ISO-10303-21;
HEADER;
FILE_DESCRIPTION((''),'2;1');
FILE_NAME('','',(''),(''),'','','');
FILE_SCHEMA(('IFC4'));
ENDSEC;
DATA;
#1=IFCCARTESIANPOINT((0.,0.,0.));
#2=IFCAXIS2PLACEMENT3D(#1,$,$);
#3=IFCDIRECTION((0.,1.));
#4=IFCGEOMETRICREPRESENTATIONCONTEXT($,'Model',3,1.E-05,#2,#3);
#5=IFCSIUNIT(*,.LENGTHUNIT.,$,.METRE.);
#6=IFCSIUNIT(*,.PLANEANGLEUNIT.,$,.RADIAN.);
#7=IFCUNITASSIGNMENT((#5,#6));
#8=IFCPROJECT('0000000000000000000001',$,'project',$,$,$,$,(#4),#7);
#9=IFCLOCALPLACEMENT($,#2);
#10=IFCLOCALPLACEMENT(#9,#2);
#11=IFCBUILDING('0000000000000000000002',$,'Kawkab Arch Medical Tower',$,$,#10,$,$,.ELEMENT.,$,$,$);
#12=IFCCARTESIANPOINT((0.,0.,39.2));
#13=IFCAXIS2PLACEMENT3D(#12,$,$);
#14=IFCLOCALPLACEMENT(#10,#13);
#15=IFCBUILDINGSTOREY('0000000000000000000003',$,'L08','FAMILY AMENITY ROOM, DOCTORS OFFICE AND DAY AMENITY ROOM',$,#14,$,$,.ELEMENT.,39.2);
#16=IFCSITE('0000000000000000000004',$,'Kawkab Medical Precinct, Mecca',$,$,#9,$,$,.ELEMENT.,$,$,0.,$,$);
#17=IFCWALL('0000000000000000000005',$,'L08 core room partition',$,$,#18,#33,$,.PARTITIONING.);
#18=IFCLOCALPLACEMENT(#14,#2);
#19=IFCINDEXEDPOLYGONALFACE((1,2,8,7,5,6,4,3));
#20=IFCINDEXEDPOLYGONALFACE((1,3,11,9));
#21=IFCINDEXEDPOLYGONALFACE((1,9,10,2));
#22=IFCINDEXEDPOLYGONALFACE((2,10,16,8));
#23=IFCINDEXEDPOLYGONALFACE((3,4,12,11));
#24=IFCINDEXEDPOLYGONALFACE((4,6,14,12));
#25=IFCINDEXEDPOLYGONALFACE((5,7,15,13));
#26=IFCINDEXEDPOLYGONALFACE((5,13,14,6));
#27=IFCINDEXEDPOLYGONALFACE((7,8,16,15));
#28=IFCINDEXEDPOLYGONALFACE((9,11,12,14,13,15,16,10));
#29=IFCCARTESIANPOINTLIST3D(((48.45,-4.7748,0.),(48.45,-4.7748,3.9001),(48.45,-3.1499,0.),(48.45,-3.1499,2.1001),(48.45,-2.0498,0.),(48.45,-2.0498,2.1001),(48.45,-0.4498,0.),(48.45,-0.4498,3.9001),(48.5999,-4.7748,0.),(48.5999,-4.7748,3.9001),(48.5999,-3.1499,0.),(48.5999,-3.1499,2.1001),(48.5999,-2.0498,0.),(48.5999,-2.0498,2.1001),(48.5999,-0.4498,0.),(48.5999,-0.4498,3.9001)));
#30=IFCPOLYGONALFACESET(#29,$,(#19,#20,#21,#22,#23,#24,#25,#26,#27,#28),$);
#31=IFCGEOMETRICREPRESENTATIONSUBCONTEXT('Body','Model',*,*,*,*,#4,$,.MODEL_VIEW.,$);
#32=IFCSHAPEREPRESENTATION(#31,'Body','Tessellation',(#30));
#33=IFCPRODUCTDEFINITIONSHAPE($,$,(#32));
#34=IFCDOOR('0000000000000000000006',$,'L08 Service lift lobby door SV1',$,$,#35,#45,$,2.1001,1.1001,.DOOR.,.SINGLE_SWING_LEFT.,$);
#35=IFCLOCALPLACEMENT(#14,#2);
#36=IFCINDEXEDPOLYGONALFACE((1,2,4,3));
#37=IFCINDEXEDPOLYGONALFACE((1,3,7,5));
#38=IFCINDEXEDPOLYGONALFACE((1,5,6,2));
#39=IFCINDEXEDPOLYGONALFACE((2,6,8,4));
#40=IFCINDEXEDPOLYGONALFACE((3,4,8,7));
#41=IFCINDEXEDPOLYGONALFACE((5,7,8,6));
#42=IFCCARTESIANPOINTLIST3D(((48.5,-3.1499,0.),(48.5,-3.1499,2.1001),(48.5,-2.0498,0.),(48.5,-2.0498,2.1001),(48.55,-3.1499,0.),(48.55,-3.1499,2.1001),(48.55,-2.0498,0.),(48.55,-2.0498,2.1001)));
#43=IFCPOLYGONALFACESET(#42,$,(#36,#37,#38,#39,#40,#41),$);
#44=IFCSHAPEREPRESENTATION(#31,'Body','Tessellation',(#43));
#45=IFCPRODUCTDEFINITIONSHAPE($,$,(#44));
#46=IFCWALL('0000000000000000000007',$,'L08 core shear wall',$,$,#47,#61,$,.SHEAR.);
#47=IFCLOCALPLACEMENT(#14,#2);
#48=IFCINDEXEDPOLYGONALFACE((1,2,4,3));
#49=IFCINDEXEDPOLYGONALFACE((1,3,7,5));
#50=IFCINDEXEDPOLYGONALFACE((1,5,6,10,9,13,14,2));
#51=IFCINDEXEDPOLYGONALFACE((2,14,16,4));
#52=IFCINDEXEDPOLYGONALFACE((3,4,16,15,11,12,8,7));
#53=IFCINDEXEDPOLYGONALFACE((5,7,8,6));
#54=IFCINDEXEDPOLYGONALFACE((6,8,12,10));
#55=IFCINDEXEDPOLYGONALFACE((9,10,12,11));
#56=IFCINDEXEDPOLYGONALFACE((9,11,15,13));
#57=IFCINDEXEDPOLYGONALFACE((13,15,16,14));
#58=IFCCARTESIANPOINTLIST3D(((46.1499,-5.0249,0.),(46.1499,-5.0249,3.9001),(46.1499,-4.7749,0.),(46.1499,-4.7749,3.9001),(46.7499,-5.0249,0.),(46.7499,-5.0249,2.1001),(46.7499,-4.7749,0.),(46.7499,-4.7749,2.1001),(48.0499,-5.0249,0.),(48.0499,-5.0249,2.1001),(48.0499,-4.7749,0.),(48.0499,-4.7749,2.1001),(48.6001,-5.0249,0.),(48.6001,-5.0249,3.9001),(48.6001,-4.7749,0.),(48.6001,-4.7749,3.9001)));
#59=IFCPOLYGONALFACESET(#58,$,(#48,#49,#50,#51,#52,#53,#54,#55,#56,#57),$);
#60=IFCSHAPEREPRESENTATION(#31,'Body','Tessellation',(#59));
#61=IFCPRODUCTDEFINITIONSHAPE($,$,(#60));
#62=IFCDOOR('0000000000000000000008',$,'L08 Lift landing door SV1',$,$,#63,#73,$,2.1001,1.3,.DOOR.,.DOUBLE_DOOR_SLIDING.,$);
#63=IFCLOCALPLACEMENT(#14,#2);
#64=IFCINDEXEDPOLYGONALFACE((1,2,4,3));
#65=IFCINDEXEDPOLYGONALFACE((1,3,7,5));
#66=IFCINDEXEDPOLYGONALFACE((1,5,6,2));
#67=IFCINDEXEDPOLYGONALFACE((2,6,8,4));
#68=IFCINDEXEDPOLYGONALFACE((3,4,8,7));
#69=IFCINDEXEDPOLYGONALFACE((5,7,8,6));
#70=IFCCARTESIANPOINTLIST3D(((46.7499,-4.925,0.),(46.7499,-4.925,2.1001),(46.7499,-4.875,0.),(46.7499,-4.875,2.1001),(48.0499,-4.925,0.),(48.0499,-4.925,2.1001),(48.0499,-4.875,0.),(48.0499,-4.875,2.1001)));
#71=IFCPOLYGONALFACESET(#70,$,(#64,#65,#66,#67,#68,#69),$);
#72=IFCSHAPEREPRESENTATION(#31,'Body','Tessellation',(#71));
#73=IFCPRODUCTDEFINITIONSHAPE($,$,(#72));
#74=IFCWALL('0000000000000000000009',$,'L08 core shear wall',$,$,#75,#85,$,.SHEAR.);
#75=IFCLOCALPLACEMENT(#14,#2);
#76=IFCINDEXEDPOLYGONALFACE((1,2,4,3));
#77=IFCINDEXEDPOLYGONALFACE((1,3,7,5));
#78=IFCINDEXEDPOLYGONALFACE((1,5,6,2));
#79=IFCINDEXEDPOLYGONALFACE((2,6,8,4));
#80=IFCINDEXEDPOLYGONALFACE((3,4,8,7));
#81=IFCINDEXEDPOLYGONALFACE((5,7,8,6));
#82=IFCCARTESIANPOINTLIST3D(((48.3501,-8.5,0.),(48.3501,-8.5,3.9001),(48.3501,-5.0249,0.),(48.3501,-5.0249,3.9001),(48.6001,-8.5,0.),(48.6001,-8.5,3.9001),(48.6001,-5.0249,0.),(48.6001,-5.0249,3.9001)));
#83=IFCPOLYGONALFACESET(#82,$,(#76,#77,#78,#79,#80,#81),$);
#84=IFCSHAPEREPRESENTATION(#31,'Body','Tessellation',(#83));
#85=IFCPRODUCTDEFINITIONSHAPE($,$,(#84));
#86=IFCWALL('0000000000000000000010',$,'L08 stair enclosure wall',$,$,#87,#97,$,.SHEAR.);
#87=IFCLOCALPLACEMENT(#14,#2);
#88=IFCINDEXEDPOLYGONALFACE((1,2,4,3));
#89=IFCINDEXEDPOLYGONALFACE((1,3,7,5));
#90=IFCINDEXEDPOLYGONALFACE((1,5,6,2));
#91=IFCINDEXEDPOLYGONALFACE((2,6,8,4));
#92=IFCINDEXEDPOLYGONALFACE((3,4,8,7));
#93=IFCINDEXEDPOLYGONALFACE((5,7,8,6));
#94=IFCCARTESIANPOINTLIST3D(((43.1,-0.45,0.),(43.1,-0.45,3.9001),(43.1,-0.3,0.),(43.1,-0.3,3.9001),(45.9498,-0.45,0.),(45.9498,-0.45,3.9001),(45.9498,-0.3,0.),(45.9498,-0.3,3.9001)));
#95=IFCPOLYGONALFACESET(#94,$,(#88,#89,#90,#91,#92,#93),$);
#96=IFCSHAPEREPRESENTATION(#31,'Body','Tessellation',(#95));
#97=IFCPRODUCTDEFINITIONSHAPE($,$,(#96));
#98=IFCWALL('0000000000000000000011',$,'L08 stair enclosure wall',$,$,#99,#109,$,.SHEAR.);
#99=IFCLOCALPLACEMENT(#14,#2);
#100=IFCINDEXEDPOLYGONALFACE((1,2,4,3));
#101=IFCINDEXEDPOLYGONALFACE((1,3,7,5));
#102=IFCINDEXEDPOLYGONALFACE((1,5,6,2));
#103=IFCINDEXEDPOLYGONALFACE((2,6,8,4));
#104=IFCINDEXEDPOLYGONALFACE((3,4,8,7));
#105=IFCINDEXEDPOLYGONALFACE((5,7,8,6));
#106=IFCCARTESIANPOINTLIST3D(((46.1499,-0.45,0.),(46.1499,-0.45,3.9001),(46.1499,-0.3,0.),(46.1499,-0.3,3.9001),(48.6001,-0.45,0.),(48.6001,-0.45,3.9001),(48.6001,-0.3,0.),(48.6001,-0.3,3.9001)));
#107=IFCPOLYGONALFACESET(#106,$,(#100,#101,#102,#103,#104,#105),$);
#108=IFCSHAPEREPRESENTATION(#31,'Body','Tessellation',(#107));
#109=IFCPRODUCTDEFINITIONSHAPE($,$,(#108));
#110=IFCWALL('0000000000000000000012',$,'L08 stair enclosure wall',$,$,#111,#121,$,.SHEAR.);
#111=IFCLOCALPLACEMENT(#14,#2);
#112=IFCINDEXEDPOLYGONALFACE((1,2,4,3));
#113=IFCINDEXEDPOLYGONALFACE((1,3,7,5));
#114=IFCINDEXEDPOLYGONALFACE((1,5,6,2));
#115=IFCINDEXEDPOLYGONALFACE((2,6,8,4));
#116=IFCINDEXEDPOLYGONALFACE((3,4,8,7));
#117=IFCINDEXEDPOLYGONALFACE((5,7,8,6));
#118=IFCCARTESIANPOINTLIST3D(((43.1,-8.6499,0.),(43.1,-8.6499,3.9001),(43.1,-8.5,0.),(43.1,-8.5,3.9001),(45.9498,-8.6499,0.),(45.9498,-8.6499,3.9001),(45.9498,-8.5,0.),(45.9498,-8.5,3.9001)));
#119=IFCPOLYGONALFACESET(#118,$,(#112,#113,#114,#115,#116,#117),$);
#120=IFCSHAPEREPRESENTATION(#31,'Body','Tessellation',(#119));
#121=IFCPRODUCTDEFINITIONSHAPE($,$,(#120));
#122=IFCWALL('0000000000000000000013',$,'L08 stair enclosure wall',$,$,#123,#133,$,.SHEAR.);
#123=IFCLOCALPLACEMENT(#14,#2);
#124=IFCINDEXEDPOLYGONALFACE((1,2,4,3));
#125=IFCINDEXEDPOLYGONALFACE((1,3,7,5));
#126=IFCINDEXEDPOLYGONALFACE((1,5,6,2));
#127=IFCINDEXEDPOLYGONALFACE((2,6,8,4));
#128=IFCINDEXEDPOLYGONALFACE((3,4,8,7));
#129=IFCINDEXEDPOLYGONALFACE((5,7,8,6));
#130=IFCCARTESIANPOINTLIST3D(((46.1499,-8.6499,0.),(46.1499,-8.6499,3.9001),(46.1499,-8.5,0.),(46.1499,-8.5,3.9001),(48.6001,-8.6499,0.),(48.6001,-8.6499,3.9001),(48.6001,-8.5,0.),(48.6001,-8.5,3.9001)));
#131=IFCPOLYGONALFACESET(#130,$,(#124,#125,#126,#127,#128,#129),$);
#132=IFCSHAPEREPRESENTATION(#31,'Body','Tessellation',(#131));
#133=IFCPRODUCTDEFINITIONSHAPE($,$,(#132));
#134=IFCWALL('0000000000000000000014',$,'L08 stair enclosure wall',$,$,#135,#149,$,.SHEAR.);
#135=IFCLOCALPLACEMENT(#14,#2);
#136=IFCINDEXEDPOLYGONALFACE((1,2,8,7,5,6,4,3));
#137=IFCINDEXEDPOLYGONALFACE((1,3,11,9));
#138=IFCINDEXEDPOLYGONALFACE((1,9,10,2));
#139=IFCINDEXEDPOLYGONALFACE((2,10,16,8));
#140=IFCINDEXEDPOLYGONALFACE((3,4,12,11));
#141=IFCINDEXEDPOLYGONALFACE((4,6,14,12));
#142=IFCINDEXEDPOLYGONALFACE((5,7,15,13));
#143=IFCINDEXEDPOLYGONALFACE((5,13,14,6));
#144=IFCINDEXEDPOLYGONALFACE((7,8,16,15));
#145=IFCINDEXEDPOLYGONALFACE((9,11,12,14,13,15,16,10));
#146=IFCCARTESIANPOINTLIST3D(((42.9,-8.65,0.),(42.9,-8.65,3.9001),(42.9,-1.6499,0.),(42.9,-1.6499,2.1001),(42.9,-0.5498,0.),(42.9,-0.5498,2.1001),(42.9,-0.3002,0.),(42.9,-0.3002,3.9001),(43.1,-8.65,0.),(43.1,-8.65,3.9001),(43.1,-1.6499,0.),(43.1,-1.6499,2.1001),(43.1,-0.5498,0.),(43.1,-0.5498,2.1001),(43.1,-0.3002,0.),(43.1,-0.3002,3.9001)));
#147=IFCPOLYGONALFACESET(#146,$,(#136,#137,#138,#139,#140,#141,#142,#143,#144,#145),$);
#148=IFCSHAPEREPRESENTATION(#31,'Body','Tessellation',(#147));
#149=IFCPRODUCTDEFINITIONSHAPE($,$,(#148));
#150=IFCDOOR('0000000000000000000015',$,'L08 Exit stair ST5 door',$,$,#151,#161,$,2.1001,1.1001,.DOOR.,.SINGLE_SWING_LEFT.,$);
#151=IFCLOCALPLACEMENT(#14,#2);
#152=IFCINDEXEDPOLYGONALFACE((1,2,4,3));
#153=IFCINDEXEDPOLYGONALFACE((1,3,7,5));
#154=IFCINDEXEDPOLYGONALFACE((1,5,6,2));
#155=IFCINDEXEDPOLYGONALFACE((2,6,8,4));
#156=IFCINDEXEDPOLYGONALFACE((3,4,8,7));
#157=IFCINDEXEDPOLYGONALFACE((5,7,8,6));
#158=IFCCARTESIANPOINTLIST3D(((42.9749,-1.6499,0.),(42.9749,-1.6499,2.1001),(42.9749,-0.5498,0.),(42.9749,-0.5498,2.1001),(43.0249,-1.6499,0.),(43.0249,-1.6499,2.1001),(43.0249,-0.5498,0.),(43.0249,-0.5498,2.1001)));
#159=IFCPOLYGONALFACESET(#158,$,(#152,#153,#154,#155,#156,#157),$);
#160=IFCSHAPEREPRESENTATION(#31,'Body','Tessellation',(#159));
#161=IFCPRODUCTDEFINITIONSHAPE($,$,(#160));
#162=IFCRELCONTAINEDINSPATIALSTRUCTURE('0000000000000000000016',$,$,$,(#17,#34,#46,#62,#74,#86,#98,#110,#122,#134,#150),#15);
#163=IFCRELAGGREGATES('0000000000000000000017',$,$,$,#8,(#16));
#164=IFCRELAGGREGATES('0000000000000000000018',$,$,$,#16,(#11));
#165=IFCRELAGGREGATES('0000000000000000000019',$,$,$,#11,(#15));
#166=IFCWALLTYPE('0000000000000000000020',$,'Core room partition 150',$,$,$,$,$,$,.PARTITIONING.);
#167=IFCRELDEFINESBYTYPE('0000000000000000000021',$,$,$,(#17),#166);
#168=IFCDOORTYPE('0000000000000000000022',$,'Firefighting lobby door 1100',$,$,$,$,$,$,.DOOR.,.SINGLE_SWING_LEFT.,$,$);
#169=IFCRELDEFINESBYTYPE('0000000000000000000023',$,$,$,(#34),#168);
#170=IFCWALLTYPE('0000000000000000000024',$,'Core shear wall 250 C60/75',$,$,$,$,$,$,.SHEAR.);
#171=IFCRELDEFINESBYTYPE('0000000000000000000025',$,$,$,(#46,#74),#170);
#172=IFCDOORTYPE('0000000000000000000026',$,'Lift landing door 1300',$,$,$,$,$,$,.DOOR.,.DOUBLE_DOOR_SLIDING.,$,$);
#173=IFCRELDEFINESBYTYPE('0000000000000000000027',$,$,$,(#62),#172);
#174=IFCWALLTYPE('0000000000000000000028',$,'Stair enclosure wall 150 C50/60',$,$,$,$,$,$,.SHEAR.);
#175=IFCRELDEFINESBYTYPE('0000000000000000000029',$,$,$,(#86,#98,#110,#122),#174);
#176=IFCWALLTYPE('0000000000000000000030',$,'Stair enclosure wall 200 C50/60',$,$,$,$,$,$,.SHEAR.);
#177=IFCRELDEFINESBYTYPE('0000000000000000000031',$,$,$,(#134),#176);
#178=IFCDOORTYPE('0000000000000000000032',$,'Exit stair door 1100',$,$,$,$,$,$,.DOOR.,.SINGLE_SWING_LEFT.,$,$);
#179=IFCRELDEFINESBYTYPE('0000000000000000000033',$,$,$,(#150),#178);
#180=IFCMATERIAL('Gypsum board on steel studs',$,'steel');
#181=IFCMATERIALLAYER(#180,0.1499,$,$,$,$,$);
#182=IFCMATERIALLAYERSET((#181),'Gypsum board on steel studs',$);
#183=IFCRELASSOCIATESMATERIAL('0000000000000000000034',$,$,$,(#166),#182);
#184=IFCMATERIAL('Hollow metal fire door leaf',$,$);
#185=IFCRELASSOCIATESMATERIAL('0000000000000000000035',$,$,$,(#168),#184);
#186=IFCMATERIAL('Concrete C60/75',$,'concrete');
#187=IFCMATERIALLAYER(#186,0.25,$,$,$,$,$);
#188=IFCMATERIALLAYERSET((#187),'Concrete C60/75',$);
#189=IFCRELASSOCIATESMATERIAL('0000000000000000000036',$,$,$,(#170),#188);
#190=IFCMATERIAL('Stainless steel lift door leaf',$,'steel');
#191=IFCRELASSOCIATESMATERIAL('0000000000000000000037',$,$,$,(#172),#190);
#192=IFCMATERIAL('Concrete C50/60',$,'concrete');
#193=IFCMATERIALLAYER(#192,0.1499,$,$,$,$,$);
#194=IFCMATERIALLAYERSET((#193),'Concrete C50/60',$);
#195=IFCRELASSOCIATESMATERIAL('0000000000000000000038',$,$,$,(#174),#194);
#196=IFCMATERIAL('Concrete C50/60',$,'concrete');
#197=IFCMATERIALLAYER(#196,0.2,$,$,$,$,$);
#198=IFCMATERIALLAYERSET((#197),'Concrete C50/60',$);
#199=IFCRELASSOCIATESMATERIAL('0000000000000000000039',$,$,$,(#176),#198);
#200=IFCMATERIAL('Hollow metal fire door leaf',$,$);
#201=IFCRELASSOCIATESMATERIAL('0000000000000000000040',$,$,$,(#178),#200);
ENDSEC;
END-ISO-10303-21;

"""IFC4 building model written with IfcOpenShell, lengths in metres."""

from ifc_helpers import new_model, si_unit, direction, frame, frame_2d, origin, place, context, subcontext, project, spatial, rectangle, extrude, material, layer, layer_set, type_object, element, fill, save


model = new_model("IFC4")

# Units and contexts
model_context = context("Model", 3, precision=1e-05, world=origin(), true_north=direction((0.0, 1.0)))
body_context = subcontext(model_context, "Body", "Model", "MODEL_VIEW")
ifc_project = project(units=[si_unit("LENGTHUNIT", "METRE"), si_unit("PLANEANGLEUNIT", "RADIAN")], contexts=[model_context])

# Site, building, storey
site_placement = place(None, origin())
site = spatial("IfcSite", under=ifc_project, at=site_placement, Name="Kawkab Medical Precinct, Mecca", CompositionType="ELEMENT", RefElevation=0.0)
building_placement = place(site_placement, origin())
building = spatial("IfcBuilding", under=site, at=building_placement, Name="Kawkab Arch Medical Tower", CompositionType="ELEMENT")
storey_placement = place(building_placement, frame((0.0, 0.0, 39.2)))
storey = spatial("IfcBuildingStorey", under=building, at=storey_placement, Name="L08", Description="FAMILY AMENITY ROOM, DOCTORS OFFICE AND DAY AMENITY ROOM", CompositionType="ELEMENT", Elevation=39.2)

# Walls, openings, doors
ifc_material_1 = material(Name="Gypsum board on steel studs", Category="steel")
ifc_layer_1 = layer(ifc_material_1, 0.1499)
ifc_layer_set_1 = layer_set([ifc_layer_1], Name="Gypsum board on steel studs")
wall_type_1 = type_object("IfcWallType", Name="Core room partition 150", PredefinedType="PARTITIONING", material=ifc_layer_set_1)
wall_1_placement = place(storey_placement, frame((48.5249, -4.7749, 0.0), z_axis=(0.0, 0.0, 1.0), x_axis=(0.0, 1.0, 0.0)))
wall_1 = element("IfcWall", 1, at=wall_1_placement, inside=storey, type_object=wall_type_1, Name="L08 core room partition", PredefinedType="PARTITIONING", context=body_context, shape_type="SweptSolid", body=[
    extrude(rectangle(XDim=4.325, YDim=0.1499, at=frame_2d((2.1626, 0.0))), origin(), (0.0, 0.0, 1.0), 3.9001),
])
opening_1_placement = place(wall_1_placement, frame((1.625, 0.0, 0.0)))
opening_1 = element("IfcOpeningElement", 2, at=opening_1_placement, cuts=wall_1, PredefinedType="OPENING", context=body_context, shape_type="SweptSolid", body=[
    extrude(rectangle(XDim=1.1001, YDim=2.1001, at=frame_2d((0.55, 1.05))), frame((0.0, 0.085, 0.0), z_axis=(0.0, -1.0, 0.0), x_axis=(1.0, 0.0, 0.0)), (0.0, 0.0, 1.0), 0.1699),
])
ifc_material_2 = material(Name="Hollow metal fire door leaf")
door_type_1 = type_object("IfcDoorType", Name="Firefighting lobby door 1100", OperationType="SINGLE_SWING_LEFT", PredefinedType="DOOR", material=ifc_material_2)
door_1_placement = place(opening_1_placement, origin())
door_1 = element("IfcDoor", 3, at=door_1_placement, inside=storey, type_object=door_type_1, Name="L08 Service lift lobby door SV1", OperationType="SINGLE_SWING_LEFT", OverallHeight=2.1001, OverallWidth=1.1001, PredefinedType="DOOR", context=body_context, shape_type="SweptSolid", body=[
    extrude(rectangle(XDim=1.1001, YDim=2.1001, at=frame_2d((0.55, 1.05))), frame((0.0, 0.0249, 0.0), z_axis=(0.0, -1.0, 0.0), x_axis=(1.0, 0.0, 0.0)), (0.0, 0.0, 1.0), 0.05),
])
fill(opening_1, door_1)
ifc_material_3 = material(Name="Concrete C60/75", Category="concrete")
ifc_layer_2 = layer(ifc_material_3, 0.25)
ifc_layer_set_2 = layer_set([ifc_layer_2], Name="Concrete C60/75")
wall_type_2 = type_object("IfcWallType", Name="Core shear wall 250 C60/75", PredefinedType="SHEAR", material=ifc_layer_set_2)
wall_2_placement = place(storey_placement, frame((46.1499, -4.8999, 0.0), z_axis=(0.0, 0.0, 1.0), x_axis=(1.0, 0.0, 0.0)))
wall_2 = element("IfcWall", 4, at=wall_2_placement, inside=storey, type_object=wall_type_2, Name="L08 core shear wall", PredefinedType="SHEAR", context=body_context, shape_type="SweptSolid", body=[
    extrude(rectangle(XDim=2.4502, YDim=0.25, at=frame_2d((1.2251, 0.0))), origin(), (0.0, 0.0, 1.0), 3.9001),
])
opening_2_placement = place(wall_2_placement, frame((0.6001, 0.0, 0.0)))
opening_2 = element("IfcOpeningElement", 5, at=opening_2_placement, cuts=wall_2, PredefinedType="OPENING", context=body_context, shape_type="SweptSolid", body=[
    extrude(rectangle(XDim=1.3, YDim=2.1001, at=frame_2d((0.6499, 1.05))), frame((0.0, 0.135, 0.0), z_axis=(0.0, -1.0, 0.0), x_axis=(1.0, 0.0, 0.0)), (0.0, 0.0, 1.0), 0.27),
])
ifc_material_4 = material(Name="Stainless steel lift door leaf", Category="steel")
door_type_2 = type_object("IfcDoorType", Name="Lift landing door 1300", OperationType="DOUBLE_DOOR_SLIDING", PredefinedType="DOOR", material=ifc_material_4)
door_2_placement = place(opening_2_placement, origin())
door_2 = element("IfcDoor", 6, at=door_2_placement, inside=storey, type_object=door_type_2, Name="L08 Lift landing door SV1", OperationType="DOUBLE_DOOR_SLIDING", OverallHeight=2.1001, OverallWidth=1.3, PredefinedType="DOOR", context=body_context, shape_type="SweptSolid", body=[
    extrude(rectangle(XDim=1.3, YDim=2.1001, at=frame_2d((0.6499, 1.05))), frame((0.0, 0.0249, 0.0), z_axis=(0.0, -1.0, 0.0), x_axis=(1.0, 0.0, 0.0)), (0.0, 0.0, 1.0), 0.05),
])
fill(opening_2, door_2)

# Walls
wall_3_placement = place(storey_placement, frame((48.4751, -8.5, 0.0), z_axis=(0.0, 0.0, 1.0), x_axis=(0.0, 1.0, 0.0)))
element("IfcWall", 7, at=wall_3_placement, inside=storey, type_object=wall_type_2, Name="L08 core shear wall", PredefinedType="SHEAR", context=body_context, shape_type="SweptSolid", body=[
    extrude(rectangle(XDim=3.4751, YDim=0.25, at=frame_2d((1.7375, 0.0))), origin(), (0.0, 0.0, 1.0), 3.9001),
])
ifc_material_5 = material(Name="Concrete C50/60", Category="concrete")
ifc_layer_3 = layer(ifc_material_5, 0.1499)
ifc_layer_set_3 = layer_set([ifc_layer_3], Name="Concrete C50/60")
wall_type_3 = type_object("IfcWallType", Name="Stair enclosure wall 150 C50/60", PredefinedType="SHEAR", material=ifc_layer_set_3)
wall_4_placement = place(storey_placement, frame((43.1001, -0.375, 0.0), z_axis=(0.0, 0.0, 1.0), x_axis=(1.0, 0.0, 0.0)))
element("IfcWall", 8, at=wall_4_placement, inside=storey, type_object=wall_type_3, Name="L08 stair enclosure wall", PredefinedType="SHEAR", context=body_context, shape_type="SweptSolid", body=[
    extrude(rectangle(XDim=2.8499, YDim=0.1499, at=frame_2d((1.4248, 0.0))), origin(), (0.0, 0.0, 1.0), 3.9001),
])
wall_5_placement = place(storey_placement, frame((46.1499, -0.375, 0.0), z_axis=(0.0, 0.0, 1.0), x_axis=(1.0, 0.0, 0.0)))
element("IfcWall", 9, at=wall_5_placement, inside=storey, type_object=wall_type_3, Name="L08 stair enclosure wall", PredefinedType="SHEAR", context=body_context, shape_type="SweptSolid", body=[
    extrude(rectangle(XDim=2.4502, YDim=0.1499, at=frame_2d((1.2251, 0.0))), origin(), (0.0, 0.0, 1.0), 3.9001),
])
wall_6_placement = place(storey_placement, frame((43.1001, -8.575, 0.0), z_axis=(0.0, 0.0, 1.0), x_axis=(1.0, 0.0, 0.0)))
element("IfcWall", 10, at=wall_6_placement, inside=storey, type_object=wall_type_3, Name="L08 stair enclosure wall", PredefinedType="SHEAR", context=body_context, shape_type="SweptSolid", body=[
    extrude(rectangle(XDim=2.8499, YDim=0.1499, at=frame_2d((1.4248, 0.0))), origin(), (0.0, 0.0, 1.0), 3.9001),
])
wall_7_placement = place(storey_placement, frame((46.1499, -8.575, 0.0), z_axis=(0.0, 0.0, 1.0), x_axis=(1.0, 0.0, 0.0)))
element("IfcWall", 11, at=wall_7_placement, inside=storey, type_object=wall_type_3, Name="L08 stair enclosure wall", PredefinedType="SHEAR", context=body_context, shape_type="SweptSolid", body=[
    extrude(rectangle(XDim=2.4502, YDim=0.1499, at=frame_2d((1.2251, 0.0))), origin(), (0.0, 0.0, 1.0), 3.9001),
])

# Wall, opening, door
ifc_material_6 = material(Name="Concrete C50/60", Category="concrete")
ifc_layer_4 = layer(ifc_material_6, 0.2)
ifc_layer_set_4 = layer_set([ifc_layer_4], Name="Concrete C50/60")
wall_type_4 = type_object("IfcWallType", Name="Stair enclosure wall 200 C50/60", PredefinedType="SHEAR", material=ifc_layer_set_4)
wall_8_placement = place(storey_placement, frame((43.0, -8.6499, 0.0), z_axis=(0.0, 0.0, 1.0), x_axis=(0.0, 1.0, 0.0)))
wall_8 = element("IfcWall", 12, at=wall_8_placement, inside=storey, type_object=wall_type_4, Name="L08 stair enclosure wall", PredefinedType="SHEAR", context=body_context, shape_type="SweptSolid", body=[
    extrude(rectangle(XDim=8.3499, YDim=0.2, at=frame_2d((4.1748, 0.0))), origin(), (0.0, 0.0, 1.0), 3.9001),
])
opening_3_placement = place(wall_8_placement, frame((7.0, 0.0, 0.0)))
opening_3 = element("IfcOpeningElement", 13, at=opening_3_placement, cuts=wall_8, PredefinedType="OPENING", context=body_context, shape_type="SweptSolid", body=[
    extrude(rectangle(XDim=1.1001, YDim=2.1001, at=frame_2d((0.55, 1.05))), frame((0.0, 0.1099, 0.0), z_axis=(0.0, -1.0, 0.0), x_axis=(1.0, 0.0, 0.0)), (0.0, 0.0, 1.0), 0.22),
])
ifc_material_7 = material(Name="Hollow metal fire door leaf")
door_type_3 = type_object("IfcDoorType", Name="Exit stair door 1100", OperationType="SINGLE_SWING_LEFT", PredefinedType="DOOR", material=ifc_material_7)
door_3_placement = place(opening_3_placement, frame((1.1001, 0.0, 0.0), z_axis=(0.0, 0.0, 1.0), x_axis=(-1.0, 0.0, 0.0)))
door_3 = element("IfcDoor", 14, at=door_3_placement, inside=storey, type_object=door_type_3, Name="L08 Exit stair ST5 door", OperationType="SINGLE_SWING_LEFT", OverallHeight=2.1001, OverallWidth=1.1001, PredefinedType="DOOR", context=body_context, shape_type="SweptSolid", body=[
    extrude(rectangle(XDim=1.1001, YDim=2.1001, at=frame_2d((0.55, 1.05))), frame((0.0, 0.0249, 0.0), z_axis=(0.0, -1.0, 0.0), x_axis=(1.0, 0.0, 0.0)), (0.0, 0.0, 1.0), 0.05),
])
fill(opening_3, door_3)

save(model, "model.ifc")
